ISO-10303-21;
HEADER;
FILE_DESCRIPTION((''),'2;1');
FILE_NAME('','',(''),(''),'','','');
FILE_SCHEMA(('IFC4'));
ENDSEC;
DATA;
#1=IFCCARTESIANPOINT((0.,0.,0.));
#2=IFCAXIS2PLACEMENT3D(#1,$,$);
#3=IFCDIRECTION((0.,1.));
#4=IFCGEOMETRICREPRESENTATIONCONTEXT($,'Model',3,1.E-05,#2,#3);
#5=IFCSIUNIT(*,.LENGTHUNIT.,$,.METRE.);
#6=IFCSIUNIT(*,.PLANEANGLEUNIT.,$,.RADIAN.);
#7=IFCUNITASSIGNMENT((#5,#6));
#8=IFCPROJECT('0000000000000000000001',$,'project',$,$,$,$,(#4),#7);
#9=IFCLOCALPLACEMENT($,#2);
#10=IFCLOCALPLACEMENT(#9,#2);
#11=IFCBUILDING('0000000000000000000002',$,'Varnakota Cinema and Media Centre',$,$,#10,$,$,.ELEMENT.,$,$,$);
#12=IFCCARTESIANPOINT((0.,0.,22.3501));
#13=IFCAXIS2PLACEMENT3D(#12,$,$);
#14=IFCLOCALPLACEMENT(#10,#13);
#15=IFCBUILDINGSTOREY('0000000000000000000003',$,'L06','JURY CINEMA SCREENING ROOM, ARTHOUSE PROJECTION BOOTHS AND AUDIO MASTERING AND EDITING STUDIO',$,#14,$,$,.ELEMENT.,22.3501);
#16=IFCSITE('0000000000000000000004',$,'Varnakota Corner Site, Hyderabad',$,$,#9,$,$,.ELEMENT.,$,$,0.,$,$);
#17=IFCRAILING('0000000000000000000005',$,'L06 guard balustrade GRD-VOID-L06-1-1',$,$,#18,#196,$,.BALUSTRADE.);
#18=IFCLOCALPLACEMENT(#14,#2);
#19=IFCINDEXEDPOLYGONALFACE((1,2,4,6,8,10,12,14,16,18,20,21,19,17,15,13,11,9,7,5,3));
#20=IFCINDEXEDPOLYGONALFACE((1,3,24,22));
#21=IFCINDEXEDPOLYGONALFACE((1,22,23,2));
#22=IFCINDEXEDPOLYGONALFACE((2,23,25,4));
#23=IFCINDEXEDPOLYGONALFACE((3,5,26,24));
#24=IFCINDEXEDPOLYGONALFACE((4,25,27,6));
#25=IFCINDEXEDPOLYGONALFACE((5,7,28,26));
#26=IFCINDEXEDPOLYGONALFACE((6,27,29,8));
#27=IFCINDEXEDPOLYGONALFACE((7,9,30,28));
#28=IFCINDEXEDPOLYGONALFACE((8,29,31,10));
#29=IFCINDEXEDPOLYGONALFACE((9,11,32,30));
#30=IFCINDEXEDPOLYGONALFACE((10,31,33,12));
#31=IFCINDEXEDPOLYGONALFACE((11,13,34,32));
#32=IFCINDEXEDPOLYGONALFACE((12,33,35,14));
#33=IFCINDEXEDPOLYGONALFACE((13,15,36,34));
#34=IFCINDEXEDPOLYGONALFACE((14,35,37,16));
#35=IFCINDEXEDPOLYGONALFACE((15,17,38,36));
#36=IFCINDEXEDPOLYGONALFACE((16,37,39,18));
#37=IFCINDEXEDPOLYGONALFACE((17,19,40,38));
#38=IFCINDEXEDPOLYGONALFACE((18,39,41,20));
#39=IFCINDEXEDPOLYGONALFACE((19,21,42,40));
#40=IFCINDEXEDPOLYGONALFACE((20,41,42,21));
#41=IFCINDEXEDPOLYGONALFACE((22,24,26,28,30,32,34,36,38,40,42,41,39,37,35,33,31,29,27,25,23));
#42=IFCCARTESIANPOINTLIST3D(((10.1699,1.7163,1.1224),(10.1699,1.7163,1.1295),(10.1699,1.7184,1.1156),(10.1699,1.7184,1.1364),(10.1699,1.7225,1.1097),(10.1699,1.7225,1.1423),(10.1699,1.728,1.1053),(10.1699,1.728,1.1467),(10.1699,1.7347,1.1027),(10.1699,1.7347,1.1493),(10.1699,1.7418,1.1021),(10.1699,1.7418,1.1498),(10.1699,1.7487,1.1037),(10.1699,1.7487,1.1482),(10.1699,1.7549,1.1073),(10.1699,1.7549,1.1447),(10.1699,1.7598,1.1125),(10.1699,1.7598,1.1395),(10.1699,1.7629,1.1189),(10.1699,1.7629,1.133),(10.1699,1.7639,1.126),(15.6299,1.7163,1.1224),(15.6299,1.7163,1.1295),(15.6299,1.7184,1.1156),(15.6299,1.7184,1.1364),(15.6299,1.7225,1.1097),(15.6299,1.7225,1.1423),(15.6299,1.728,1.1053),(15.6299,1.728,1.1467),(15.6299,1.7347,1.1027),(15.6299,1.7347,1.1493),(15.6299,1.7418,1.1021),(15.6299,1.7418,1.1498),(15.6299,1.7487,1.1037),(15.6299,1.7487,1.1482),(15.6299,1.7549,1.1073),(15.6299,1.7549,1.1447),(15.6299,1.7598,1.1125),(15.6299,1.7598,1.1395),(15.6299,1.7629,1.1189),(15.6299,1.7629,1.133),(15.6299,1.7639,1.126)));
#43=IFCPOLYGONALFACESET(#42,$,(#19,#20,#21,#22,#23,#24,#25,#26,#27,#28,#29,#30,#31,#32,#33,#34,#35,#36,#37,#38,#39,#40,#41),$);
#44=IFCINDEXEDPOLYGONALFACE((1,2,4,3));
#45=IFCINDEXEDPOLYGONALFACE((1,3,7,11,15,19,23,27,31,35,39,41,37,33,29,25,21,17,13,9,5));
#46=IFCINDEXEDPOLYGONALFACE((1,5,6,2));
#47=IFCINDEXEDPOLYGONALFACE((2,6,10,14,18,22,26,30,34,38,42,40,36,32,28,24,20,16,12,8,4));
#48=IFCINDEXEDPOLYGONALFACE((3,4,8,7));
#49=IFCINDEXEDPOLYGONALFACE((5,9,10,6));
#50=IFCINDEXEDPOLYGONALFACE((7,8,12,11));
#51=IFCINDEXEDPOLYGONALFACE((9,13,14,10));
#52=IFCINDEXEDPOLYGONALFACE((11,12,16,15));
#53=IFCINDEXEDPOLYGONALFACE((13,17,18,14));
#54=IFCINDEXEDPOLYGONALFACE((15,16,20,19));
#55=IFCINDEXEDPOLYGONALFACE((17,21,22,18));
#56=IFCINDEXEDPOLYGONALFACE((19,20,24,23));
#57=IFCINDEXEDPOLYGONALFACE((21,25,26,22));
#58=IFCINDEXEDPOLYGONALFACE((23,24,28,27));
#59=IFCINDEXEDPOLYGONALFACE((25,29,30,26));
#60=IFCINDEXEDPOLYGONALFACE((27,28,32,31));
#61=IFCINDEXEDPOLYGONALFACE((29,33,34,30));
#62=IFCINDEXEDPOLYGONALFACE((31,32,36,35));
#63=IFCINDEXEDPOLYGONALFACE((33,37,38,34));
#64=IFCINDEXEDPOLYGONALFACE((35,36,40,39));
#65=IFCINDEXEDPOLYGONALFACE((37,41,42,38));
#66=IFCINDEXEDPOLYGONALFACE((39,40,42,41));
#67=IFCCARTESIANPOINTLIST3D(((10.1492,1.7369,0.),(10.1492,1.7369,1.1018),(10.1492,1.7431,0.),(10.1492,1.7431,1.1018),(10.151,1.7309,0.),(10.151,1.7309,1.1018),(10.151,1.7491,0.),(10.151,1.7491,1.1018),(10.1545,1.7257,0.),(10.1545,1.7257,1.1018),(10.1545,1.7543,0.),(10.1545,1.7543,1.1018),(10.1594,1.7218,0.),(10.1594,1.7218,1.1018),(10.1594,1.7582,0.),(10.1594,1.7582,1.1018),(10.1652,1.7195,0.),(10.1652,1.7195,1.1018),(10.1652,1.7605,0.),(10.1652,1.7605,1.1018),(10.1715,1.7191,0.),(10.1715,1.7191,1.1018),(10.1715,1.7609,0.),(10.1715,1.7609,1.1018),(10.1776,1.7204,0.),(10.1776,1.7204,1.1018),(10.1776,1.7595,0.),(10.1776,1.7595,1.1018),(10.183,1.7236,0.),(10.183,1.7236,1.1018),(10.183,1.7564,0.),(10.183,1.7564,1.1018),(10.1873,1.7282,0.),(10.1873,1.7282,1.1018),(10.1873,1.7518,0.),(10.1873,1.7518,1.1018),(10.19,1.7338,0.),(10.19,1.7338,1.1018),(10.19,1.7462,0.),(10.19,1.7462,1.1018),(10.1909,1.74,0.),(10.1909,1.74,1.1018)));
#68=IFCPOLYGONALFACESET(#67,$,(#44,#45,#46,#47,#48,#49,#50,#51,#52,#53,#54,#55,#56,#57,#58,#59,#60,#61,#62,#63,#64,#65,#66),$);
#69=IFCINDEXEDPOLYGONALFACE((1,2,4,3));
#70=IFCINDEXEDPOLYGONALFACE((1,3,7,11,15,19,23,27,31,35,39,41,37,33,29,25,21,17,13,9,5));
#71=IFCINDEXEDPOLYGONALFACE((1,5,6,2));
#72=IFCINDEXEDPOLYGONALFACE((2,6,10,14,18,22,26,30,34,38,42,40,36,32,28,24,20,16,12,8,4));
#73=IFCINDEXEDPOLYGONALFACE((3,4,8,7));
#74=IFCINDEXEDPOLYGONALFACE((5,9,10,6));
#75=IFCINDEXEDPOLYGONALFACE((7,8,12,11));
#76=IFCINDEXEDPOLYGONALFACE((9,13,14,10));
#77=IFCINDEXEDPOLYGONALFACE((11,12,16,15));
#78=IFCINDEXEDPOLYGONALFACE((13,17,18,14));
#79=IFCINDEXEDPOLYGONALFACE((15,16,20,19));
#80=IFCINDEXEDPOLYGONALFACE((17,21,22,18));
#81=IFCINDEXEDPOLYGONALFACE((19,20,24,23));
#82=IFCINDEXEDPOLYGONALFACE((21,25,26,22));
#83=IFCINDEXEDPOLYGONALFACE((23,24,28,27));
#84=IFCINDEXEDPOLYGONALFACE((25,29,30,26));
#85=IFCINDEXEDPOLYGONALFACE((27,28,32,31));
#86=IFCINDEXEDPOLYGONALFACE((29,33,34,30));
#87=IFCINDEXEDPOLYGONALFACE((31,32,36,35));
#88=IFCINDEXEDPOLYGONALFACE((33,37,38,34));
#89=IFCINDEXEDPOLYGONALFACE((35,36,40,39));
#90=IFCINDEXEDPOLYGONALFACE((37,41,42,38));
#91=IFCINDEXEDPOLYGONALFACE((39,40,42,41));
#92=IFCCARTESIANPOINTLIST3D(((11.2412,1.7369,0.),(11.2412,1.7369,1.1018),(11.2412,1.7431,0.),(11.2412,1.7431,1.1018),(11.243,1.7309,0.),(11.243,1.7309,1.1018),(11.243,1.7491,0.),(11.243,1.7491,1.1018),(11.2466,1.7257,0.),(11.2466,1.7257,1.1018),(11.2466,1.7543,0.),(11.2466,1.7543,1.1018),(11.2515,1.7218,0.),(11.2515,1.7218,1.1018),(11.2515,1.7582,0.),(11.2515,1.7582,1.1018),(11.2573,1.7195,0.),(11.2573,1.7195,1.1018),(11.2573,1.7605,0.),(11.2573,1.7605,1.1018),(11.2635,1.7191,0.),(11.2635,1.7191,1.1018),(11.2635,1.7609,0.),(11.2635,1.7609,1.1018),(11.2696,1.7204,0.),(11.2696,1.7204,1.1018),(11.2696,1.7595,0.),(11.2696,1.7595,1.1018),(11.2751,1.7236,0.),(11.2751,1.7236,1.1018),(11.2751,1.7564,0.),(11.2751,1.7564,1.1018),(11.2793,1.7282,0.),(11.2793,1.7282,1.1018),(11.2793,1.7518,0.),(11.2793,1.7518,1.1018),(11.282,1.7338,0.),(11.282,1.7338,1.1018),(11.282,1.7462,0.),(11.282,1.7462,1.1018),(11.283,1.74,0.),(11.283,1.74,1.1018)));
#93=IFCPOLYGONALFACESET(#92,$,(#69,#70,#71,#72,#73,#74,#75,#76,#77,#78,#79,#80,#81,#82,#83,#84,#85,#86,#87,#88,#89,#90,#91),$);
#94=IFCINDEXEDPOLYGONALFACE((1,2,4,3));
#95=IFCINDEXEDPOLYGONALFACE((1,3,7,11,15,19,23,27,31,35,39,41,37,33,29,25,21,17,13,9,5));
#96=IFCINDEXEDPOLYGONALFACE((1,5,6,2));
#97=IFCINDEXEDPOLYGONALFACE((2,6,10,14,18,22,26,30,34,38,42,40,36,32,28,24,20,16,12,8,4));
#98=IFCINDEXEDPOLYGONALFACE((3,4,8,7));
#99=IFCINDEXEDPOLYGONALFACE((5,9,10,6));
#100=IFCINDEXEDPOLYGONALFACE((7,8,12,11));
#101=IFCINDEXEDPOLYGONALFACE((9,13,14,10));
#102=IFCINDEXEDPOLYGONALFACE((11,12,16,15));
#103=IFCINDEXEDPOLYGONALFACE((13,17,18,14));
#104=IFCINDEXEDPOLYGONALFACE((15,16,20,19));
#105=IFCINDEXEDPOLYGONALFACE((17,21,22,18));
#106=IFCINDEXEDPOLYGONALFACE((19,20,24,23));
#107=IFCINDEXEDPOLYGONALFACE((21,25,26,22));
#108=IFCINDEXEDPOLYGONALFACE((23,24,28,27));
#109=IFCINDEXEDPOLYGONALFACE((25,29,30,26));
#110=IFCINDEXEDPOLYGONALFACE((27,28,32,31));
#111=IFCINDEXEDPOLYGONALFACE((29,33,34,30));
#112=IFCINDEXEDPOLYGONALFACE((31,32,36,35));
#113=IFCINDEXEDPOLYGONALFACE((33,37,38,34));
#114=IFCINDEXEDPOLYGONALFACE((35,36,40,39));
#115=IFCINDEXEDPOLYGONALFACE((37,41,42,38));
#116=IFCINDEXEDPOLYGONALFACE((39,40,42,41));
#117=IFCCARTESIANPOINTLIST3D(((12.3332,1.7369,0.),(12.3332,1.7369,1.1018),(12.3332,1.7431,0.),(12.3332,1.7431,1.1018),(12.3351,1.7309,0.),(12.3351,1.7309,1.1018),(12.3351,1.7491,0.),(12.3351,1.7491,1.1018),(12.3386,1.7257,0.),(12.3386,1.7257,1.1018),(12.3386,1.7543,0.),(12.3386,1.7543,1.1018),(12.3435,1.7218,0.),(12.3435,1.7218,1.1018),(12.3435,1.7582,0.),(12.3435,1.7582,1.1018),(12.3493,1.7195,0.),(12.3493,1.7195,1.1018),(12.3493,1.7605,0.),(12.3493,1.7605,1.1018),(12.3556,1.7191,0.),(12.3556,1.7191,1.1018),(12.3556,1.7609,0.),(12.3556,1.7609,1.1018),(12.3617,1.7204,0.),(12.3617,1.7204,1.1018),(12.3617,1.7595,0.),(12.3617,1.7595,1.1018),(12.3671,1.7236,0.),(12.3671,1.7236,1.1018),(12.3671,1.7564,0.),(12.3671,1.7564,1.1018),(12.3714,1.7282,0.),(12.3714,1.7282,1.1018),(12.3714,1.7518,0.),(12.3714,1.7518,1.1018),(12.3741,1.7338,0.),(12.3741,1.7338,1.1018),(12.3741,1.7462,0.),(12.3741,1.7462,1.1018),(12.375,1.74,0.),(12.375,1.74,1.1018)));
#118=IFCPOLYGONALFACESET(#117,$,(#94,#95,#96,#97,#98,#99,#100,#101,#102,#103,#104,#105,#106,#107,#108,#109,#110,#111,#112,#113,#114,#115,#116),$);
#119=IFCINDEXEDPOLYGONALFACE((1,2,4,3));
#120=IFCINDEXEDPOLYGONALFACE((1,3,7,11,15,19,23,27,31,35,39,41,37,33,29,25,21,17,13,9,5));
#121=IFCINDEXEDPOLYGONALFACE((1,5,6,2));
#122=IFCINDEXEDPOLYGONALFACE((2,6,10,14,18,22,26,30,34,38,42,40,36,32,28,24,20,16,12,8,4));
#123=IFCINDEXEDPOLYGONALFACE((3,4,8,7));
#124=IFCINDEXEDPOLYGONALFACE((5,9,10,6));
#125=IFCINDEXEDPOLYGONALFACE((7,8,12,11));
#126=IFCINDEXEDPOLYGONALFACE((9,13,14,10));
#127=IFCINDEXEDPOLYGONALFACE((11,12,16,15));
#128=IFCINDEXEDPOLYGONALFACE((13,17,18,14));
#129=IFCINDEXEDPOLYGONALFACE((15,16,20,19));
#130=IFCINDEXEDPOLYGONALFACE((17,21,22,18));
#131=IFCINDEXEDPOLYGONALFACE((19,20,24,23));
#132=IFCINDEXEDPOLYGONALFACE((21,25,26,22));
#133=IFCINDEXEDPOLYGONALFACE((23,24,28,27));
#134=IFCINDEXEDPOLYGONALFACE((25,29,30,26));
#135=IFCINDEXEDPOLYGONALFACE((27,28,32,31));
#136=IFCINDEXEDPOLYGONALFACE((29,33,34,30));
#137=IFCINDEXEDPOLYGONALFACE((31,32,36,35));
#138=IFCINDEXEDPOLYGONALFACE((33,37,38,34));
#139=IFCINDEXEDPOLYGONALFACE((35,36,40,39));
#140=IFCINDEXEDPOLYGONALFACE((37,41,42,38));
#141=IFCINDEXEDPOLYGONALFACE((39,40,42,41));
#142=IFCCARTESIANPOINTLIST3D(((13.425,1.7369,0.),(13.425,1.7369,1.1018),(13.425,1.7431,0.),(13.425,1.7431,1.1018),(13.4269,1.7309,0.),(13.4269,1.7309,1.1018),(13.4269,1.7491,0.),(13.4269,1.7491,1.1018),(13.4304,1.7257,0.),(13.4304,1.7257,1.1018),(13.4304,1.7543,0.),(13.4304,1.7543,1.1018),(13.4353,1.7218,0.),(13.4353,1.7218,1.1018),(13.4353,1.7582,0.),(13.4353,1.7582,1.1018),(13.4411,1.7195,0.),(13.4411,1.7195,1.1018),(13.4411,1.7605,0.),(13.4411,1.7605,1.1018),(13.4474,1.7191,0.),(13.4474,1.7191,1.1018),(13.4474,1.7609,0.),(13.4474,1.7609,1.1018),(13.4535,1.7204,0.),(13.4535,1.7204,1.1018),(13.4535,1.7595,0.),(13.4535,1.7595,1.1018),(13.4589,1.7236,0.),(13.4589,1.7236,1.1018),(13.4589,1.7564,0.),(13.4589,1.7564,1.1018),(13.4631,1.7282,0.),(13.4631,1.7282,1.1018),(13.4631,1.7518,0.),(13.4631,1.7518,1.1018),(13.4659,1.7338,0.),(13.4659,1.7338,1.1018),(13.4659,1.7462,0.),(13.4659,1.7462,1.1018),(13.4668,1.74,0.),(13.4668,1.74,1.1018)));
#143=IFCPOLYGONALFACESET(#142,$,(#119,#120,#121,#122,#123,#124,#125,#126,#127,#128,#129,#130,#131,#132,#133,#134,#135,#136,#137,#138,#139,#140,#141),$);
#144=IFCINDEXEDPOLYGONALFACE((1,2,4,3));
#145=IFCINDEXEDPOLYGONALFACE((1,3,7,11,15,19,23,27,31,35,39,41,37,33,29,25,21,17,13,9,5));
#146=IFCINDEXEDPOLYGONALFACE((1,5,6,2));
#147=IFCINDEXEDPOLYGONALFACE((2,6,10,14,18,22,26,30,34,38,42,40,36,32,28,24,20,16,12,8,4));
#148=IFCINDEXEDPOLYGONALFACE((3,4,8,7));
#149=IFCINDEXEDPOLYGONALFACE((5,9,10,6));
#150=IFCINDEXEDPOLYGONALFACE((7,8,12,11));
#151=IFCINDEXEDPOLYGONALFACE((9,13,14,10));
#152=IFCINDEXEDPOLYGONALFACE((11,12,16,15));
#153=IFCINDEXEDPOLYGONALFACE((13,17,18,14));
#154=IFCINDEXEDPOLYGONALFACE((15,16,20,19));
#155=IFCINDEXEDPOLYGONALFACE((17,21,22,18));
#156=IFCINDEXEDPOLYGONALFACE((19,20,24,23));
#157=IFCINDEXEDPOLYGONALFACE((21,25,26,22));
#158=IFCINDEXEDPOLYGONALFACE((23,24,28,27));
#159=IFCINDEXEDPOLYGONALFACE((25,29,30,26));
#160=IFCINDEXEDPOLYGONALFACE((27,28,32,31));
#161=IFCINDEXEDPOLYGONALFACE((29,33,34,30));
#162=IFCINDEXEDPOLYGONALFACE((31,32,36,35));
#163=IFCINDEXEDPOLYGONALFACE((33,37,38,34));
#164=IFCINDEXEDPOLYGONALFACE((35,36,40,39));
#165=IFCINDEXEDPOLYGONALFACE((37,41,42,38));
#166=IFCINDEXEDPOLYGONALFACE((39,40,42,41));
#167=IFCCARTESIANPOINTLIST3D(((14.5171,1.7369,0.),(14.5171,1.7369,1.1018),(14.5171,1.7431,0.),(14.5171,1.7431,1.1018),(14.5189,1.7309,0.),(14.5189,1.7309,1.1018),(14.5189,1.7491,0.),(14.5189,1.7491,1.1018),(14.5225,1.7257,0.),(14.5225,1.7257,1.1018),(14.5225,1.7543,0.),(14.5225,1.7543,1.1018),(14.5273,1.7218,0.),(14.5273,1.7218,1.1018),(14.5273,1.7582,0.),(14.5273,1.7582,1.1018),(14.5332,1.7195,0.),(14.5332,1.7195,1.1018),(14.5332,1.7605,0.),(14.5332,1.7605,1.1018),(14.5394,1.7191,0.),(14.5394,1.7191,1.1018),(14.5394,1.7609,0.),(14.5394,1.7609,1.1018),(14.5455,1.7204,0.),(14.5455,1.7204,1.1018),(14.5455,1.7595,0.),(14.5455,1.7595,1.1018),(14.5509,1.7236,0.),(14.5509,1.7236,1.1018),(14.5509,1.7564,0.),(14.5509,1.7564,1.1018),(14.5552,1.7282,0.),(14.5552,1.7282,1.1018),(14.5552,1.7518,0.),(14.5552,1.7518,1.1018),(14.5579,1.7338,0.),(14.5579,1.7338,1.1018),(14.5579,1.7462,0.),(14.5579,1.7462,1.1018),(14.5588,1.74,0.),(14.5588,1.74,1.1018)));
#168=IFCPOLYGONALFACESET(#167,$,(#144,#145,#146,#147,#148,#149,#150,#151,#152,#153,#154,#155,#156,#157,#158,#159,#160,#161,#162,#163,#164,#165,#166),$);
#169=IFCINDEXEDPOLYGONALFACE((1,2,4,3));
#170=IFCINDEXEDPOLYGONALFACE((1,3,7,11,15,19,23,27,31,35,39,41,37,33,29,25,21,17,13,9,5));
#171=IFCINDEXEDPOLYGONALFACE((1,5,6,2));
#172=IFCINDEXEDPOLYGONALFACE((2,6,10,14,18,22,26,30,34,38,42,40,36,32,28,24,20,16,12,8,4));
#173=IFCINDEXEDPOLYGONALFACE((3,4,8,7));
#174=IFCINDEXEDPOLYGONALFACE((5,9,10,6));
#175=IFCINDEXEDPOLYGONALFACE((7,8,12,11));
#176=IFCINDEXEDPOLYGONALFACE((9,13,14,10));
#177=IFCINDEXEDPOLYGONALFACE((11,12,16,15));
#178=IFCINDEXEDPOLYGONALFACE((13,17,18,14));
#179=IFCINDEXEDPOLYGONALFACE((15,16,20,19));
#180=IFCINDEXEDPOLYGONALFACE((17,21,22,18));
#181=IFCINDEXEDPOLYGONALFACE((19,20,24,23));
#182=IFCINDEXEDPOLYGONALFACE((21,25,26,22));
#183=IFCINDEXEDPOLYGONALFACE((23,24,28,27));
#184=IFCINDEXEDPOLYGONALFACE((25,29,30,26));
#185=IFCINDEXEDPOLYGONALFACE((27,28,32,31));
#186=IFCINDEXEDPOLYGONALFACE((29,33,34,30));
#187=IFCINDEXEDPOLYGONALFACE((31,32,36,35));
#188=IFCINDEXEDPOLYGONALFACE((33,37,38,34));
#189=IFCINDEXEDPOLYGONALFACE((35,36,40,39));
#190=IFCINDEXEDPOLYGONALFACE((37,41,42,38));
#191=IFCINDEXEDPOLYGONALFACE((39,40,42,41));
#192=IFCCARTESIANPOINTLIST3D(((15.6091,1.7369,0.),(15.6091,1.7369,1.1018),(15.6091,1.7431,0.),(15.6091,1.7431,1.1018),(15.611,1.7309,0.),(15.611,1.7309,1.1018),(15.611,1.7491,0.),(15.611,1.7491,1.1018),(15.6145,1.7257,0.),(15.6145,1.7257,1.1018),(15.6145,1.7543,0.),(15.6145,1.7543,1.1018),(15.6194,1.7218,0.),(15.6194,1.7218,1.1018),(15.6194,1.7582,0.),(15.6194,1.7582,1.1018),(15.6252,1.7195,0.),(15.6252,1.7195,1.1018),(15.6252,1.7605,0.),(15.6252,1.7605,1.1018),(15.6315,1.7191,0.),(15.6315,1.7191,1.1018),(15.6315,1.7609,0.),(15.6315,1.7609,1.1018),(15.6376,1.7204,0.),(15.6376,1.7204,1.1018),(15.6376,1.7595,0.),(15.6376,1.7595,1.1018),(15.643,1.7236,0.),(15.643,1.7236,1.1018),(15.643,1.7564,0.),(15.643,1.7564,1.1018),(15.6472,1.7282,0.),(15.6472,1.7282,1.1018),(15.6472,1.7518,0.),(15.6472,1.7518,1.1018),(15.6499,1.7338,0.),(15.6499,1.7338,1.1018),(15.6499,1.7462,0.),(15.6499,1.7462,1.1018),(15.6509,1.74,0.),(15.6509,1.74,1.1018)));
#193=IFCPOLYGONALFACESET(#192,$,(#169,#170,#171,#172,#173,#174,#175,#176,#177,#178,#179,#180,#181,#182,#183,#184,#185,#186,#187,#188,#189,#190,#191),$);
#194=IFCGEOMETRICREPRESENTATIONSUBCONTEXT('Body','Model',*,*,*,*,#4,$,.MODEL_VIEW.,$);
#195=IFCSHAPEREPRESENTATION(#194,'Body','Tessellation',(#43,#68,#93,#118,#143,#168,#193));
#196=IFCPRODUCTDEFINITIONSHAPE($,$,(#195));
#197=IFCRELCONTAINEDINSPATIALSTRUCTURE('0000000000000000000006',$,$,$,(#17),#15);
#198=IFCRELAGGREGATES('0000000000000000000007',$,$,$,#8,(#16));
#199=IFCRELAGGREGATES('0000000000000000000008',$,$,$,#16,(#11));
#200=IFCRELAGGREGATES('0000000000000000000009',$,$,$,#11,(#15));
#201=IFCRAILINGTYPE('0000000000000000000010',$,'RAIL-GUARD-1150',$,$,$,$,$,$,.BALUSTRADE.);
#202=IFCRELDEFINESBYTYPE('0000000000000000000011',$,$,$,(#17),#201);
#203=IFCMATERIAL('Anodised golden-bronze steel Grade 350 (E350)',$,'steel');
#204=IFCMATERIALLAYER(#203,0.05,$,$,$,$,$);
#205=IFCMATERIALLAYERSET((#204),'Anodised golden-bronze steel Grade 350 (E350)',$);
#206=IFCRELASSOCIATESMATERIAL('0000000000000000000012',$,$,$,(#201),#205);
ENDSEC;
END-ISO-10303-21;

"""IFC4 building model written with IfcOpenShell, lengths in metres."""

from ifc_helpers import new_model, si_unit, direction, frame, origin, origin_2d, place, context, subcontext, project, spatial, circle, extrude, material, layer, layer_set, type_object, element, save


model = new_model("IFC4")

# Units and contexts
model_context = context("Model", 3, precision=1e-05, world=origin(), true_north=direction((0.0, 1.0)))
body_context = subcontext(model_context, "Body", "Model", "MODEL_VIEW")
ifc_project = project(units=[si_unit("LENGTHUNIT", "METRE"), si_unit("PLANEANGLEUNIT", "RADIAN")], contexts=[model_context])

# Site, building, storey
site_placement = place(None, origin())
site = spatial("IfcSite", under=ifc_project, at=site_placement, Name="Varnakota Corner Site, Hyderabad", CompositionType="ELEMENT", RefElevation=0.0)
building_placement = place(site_placement, origin())
building = spatial("IfcBuilding", under=site, at=building_placement, Name="Varnakota Cinema and Media Centre", CompositionType="ELEMENT")
storey_placement = place(building_placement, frame((0.0, 0.0, 22.3501)))
storey = spatial("IfcBuildingStorey", under=building, at=storey_placement, Name="L06", Description="JURY CINEMA SCREENING ROOM, ARTHOUSE PROJECTION BOOTHS AND AUDIO MASTERING AND EDITING STUDIO", CompositionType="ELEMENT", Elevation=22.3501)

# Railing
ifc_material_1 = material(Name="Anodised golden-bronze steel Grade 350 (E350)", Category="steel")
ifc_layer_1 = layer(ifc_material_1, 0.05)
ifc_layer_set_1 = layer_set([ifc_layer_1], Name="Anodised golden-bronze steel Grade 350 (E350)")
railing_type = type_object("IfcRailingType", Name="RAIL-GUARD-1150", PredefinedType="BALUSTRADE", material=ifc_layer_set_1)
railing_1_placement = place(storey_placement, frame((10.1699, 1.74, 0.0)))
element("IfcRailing", 1, at=railing_1_placement, inside=storey, type_object=railing_type, Name="L06 guard balustrade GRD-VOID-L06-1-1", PredefinedType="BALUSTRADE", context=body_context, shape_type="SweptSolid", body=[
    extrude(circle(Radius=0.0239, at=origin_2d()), frame((0.0, 0.0, 1.126), z_axis=(1.0, 0.0, 0.0), x_axis=(0.0, 1.0, 0.0)), (0.0, 0.0, 1.0), 5.46),
    extrude(circle(Radius=0.021, at=origin_2d()), origin(), (0.0, 0.0, 1.0), 1.1018),
    extrude(circle(Radius=0.021, at=origin_2d()), frame((1.092, 0.0, 0.0)), (0.0, 0.0, 1.0), 1.1018),
    extrude(circle(Radius=0.021, at=origin_2d()), frame((2.1841, 0.0, 0.0)), (0.0, 0.0, 1.0), 1.1018),
    extrude(circle(Radius=0.021, at=origin_2d()), frame((3.2759, 0.0, 0.0)), (0.0, 0.0, 1.0), 1.1018),
    extrude(circle(Radius=0.021, at=origin_2d()), frame((4.3679, 0.0, 0.0)), (0.0, 0.0, 1.0), 1.1018),
    extrude(circle(Radius=0.021, at=origin_2d()), frame((5.46, 0.0, 0.0)), (0.0, 0.0, 1.0), 1.1018),
])

save(model, "model.ifc")
